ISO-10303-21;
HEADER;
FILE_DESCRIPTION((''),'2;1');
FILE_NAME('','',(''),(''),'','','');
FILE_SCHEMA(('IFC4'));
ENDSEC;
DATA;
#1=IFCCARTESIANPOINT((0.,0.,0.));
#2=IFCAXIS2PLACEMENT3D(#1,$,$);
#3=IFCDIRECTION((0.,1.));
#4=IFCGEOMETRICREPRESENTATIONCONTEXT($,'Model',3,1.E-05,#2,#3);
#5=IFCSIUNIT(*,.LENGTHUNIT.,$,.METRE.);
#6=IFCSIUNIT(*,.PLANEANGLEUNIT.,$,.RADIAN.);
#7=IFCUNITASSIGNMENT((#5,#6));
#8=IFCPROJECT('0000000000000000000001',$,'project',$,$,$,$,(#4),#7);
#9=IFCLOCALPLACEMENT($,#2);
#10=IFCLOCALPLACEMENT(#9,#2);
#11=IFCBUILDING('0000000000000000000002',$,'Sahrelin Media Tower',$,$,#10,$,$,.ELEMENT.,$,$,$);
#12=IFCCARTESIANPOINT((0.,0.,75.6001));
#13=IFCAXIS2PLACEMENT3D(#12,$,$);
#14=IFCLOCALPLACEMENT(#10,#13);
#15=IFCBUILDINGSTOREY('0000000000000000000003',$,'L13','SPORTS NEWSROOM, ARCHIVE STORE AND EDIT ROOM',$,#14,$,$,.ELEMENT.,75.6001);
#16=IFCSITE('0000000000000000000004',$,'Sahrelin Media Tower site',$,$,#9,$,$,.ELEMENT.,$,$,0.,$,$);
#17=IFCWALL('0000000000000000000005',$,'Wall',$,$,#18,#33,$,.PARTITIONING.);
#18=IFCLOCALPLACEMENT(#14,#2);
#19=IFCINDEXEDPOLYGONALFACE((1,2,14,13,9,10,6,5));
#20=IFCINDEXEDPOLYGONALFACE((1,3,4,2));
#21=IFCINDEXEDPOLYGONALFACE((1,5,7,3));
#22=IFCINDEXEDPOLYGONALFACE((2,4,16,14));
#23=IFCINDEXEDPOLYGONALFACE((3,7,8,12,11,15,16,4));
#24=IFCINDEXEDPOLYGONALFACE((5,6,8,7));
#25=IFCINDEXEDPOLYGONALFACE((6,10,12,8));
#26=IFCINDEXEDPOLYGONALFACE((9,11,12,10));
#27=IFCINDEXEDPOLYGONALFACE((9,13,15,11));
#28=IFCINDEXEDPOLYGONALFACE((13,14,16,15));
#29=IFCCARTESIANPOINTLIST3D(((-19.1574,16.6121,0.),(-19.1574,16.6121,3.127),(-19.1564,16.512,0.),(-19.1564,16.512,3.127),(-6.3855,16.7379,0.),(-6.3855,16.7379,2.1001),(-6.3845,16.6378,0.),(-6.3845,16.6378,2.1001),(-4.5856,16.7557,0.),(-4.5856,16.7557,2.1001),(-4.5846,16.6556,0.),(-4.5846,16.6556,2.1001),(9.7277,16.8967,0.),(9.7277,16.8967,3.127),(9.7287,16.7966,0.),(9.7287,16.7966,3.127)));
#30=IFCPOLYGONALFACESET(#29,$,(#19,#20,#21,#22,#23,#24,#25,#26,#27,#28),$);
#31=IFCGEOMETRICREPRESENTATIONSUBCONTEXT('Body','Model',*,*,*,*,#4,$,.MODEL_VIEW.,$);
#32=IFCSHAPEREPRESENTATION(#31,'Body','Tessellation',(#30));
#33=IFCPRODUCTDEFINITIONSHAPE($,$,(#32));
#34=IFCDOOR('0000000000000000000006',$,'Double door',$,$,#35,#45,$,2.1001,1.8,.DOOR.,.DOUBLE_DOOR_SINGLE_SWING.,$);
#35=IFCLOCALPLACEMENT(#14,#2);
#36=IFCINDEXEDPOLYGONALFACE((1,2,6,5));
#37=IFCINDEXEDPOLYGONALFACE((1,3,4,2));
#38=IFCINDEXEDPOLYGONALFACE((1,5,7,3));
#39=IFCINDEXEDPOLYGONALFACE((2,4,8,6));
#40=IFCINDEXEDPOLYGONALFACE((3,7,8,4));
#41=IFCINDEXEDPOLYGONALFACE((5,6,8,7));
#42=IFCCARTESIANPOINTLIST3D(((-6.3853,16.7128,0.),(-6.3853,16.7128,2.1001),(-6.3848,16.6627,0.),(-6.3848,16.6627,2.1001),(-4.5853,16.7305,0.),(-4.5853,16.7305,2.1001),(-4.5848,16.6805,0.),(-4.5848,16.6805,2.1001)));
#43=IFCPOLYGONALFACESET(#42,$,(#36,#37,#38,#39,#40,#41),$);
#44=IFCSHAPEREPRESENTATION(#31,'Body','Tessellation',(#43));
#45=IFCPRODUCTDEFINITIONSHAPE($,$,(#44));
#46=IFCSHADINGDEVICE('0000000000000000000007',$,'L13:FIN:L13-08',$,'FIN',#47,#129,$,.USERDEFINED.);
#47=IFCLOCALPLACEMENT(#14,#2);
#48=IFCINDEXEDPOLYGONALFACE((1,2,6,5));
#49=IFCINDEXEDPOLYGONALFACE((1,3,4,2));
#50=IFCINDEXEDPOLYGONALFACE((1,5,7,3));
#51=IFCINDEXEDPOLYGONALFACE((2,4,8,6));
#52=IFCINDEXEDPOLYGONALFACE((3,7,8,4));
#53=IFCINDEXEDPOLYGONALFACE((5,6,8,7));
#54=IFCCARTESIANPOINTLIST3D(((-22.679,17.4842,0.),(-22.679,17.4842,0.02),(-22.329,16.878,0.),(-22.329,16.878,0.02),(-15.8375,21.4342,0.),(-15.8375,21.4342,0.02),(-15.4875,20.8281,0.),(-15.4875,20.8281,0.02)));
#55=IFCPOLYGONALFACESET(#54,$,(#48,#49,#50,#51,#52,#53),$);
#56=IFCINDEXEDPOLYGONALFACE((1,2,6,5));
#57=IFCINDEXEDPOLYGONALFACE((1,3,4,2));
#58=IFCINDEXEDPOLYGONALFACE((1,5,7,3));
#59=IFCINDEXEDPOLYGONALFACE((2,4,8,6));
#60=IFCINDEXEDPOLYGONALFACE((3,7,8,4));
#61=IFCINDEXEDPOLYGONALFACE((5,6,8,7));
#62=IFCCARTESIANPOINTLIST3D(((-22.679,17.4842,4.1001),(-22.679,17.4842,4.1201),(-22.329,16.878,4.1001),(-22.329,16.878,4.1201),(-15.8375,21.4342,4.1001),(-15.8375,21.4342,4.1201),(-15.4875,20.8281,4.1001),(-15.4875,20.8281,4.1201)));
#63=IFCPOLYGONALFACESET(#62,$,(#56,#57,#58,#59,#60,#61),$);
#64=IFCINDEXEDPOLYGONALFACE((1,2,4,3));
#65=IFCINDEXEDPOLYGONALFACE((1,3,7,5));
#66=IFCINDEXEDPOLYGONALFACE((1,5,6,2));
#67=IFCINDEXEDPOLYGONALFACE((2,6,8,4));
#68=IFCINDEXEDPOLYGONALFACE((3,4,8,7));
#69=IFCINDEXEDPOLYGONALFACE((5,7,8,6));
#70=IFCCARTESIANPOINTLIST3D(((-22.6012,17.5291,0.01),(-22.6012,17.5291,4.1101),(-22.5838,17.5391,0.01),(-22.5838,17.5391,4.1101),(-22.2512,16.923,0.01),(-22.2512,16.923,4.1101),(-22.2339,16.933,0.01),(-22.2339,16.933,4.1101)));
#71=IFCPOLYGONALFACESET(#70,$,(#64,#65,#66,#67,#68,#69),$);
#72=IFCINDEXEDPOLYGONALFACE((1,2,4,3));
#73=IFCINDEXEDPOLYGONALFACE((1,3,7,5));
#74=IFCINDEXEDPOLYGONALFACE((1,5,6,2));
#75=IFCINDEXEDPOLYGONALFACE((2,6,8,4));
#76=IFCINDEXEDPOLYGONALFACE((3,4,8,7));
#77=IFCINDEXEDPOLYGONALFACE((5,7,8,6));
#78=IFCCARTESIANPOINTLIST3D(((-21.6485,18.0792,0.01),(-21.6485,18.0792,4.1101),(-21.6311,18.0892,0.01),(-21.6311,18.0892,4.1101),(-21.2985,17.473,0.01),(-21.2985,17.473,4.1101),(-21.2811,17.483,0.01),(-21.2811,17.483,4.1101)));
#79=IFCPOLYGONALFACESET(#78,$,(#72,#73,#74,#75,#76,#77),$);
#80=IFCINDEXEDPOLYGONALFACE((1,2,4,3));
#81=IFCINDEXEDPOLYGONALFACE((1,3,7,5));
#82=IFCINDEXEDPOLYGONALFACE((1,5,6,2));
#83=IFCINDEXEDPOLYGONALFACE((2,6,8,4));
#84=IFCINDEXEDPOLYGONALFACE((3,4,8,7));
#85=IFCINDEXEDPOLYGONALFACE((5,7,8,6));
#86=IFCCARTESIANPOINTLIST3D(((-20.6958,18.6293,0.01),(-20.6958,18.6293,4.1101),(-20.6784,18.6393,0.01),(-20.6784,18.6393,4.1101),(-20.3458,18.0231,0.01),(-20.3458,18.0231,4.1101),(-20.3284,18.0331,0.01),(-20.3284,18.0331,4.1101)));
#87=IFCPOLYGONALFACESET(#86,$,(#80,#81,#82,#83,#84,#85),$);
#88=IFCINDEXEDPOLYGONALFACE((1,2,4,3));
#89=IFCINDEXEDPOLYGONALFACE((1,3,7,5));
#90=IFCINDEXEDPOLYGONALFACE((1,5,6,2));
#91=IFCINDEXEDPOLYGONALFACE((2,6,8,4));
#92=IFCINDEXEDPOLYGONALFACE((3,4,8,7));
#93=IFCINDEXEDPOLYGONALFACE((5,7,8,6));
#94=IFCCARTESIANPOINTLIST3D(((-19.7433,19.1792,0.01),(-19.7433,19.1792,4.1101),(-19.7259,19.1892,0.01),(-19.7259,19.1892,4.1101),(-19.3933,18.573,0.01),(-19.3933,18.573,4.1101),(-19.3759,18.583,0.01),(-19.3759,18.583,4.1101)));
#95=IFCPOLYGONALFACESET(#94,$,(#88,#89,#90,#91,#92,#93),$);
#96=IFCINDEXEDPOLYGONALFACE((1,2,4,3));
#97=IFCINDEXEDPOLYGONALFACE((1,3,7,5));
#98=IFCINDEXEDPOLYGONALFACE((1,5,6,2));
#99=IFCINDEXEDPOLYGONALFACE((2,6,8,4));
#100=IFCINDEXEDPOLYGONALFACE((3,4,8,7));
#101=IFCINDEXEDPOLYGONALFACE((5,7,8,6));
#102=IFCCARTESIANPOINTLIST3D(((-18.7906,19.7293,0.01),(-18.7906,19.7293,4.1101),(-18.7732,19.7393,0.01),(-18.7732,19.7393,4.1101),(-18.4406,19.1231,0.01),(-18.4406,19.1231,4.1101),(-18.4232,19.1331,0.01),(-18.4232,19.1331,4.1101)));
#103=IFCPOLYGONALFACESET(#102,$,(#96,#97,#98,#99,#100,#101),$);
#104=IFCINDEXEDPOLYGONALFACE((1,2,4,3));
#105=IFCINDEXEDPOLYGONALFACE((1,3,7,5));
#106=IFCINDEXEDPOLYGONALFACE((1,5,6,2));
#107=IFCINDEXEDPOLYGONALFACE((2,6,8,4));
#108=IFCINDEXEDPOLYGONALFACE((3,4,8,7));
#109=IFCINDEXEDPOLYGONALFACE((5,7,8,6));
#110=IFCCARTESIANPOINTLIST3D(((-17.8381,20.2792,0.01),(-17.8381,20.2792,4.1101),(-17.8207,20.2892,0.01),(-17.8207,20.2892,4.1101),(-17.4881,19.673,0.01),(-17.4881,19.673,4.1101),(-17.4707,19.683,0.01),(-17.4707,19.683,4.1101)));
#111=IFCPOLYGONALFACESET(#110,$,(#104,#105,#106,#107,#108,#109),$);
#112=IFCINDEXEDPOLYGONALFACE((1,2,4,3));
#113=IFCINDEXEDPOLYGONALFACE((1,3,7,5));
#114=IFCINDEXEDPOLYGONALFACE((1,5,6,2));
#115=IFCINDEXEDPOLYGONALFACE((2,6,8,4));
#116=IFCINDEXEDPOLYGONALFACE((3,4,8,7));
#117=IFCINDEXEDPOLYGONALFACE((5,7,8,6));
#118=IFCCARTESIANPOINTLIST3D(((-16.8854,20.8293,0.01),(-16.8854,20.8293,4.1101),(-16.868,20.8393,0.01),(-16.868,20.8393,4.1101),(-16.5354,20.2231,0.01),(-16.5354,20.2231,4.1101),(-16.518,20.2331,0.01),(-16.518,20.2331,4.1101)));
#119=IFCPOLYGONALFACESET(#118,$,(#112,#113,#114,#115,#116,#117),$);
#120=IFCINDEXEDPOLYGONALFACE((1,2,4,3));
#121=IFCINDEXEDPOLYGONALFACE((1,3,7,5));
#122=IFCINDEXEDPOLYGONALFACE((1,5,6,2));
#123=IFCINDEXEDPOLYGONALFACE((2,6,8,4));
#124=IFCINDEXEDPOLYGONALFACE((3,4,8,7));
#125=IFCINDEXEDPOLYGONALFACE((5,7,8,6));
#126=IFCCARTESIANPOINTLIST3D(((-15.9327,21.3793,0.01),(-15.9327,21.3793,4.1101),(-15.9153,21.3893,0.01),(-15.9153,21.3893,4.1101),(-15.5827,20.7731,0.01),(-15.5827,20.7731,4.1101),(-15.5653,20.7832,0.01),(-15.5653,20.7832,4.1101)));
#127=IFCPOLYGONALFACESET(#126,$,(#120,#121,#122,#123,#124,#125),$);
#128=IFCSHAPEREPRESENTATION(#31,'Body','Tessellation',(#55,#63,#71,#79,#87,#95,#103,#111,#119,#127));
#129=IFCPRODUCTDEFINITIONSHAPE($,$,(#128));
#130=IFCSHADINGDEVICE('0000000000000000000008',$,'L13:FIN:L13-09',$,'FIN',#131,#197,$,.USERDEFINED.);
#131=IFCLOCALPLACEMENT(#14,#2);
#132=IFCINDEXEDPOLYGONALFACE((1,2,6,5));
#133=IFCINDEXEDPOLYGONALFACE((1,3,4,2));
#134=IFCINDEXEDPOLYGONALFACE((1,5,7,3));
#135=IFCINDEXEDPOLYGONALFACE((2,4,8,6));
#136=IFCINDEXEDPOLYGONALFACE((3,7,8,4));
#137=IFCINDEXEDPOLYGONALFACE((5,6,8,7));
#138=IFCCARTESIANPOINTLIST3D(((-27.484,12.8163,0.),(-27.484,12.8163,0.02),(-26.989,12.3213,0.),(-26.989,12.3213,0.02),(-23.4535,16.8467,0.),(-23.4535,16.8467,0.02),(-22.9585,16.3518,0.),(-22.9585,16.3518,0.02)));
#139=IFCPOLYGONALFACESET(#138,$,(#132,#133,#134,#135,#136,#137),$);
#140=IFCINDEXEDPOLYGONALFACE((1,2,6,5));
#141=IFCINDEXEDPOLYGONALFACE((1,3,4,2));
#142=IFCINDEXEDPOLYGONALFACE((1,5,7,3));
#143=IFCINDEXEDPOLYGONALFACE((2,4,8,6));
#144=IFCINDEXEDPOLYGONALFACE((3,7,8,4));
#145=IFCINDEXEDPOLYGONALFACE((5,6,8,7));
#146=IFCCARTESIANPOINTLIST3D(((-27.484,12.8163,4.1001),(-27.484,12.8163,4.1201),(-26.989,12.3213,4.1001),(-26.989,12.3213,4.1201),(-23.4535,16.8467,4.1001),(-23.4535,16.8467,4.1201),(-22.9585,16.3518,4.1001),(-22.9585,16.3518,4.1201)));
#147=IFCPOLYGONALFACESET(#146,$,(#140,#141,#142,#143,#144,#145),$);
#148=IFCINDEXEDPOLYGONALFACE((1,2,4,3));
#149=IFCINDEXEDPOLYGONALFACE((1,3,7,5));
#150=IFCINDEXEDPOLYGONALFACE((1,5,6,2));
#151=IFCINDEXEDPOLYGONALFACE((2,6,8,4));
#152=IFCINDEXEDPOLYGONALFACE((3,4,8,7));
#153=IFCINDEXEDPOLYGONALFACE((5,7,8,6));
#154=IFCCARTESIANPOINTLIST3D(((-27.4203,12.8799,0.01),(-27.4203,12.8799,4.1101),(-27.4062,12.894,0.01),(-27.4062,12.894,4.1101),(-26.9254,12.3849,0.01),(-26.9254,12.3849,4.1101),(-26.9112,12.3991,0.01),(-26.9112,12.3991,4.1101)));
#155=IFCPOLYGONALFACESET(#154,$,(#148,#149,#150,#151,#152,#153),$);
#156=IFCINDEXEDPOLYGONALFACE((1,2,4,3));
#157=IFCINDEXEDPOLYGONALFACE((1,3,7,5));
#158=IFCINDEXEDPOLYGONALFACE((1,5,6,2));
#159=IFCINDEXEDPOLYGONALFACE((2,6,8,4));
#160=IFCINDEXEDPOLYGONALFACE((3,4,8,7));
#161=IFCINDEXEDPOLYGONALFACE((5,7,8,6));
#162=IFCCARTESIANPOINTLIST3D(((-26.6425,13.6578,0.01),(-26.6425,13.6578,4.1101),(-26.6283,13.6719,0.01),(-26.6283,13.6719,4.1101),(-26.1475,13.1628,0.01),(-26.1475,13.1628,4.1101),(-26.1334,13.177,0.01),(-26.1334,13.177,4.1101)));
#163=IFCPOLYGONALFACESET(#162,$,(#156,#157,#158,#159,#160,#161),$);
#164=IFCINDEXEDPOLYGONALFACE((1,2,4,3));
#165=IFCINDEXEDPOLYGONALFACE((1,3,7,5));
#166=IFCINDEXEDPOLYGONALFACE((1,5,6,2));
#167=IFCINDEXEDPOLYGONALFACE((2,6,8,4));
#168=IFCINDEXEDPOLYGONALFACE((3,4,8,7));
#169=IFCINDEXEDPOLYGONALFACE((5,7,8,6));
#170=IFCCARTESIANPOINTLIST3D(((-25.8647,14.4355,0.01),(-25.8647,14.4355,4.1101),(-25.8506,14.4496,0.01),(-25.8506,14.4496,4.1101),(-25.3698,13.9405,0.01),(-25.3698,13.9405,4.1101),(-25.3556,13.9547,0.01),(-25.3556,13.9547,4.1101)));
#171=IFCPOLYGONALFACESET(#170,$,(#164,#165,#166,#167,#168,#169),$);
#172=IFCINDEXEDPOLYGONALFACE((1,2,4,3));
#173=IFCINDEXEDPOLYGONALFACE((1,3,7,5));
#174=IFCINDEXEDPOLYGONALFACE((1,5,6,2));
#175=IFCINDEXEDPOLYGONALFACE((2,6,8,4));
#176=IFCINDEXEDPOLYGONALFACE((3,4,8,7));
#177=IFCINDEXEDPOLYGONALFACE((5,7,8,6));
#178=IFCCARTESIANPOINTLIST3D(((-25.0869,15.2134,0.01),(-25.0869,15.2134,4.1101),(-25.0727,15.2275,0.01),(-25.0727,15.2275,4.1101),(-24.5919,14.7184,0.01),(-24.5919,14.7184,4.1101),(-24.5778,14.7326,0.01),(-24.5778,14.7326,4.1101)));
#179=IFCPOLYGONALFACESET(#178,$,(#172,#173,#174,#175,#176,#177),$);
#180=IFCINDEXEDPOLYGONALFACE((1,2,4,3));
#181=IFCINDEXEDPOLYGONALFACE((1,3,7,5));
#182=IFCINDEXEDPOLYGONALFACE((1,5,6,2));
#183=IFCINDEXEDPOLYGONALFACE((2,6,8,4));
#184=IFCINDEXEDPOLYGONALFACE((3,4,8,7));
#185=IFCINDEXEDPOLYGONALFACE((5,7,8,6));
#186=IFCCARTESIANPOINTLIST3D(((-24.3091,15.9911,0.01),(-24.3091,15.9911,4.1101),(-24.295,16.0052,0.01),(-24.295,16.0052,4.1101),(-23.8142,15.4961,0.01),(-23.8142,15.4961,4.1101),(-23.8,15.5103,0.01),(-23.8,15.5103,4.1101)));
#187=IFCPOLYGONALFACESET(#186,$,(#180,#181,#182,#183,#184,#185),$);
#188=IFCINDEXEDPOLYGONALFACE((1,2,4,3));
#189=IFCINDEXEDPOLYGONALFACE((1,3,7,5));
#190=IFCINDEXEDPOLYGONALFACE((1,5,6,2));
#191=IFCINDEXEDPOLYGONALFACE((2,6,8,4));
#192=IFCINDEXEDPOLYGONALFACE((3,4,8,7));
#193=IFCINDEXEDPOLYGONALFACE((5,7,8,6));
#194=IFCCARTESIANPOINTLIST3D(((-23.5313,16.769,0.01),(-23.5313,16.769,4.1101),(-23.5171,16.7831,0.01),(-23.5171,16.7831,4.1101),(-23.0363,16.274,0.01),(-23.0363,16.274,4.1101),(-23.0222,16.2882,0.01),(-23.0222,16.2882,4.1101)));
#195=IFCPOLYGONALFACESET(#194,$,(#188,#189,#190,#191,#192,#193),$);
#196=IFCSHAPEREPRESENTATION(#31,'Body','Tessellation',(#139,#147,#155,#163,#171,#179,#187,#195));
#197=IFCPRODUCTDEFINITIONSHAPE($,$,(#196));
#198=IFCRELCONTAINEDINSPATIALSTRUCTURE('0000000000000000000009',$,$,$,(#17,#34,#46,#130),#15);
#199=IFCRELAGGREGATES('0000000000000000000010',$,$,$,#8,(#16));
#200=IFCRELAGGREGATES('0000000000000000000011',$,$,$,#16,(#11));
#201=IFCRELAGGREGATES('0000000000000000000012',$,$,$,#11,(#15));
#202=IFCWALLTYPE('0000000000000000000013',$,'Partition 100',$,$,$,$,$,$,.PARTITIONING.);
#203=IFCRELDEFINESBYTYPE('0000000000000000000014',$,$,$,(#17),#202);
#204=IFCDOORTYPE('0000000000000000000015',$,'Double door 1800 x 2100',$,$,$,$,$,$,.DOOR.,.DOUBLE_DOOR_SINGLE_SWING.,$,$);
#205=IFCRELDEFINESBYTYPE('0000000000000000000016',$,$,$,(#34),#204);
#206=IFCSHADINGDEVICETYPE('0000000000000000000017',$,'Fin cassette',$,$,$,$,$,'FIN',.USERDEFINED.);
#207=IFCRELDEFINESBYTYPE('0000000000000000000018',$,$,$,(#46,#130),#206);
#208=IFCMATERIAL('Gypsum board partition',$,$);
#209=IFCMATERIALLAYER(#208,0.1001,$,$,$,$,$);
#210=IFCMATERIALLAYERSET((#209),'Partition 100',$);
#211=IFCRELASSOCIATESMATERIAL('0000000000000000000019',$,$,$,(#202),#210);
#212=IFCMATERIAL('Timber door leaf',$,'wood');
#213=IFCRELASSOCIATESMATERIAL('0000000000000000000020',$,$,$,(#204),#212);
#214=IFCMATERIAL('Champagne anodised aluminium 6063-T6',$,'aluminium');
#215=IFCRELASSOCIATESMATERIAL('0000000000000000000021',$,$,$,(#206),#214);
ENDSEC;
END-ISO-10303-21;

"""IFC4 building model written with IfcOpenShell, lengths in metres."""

from ifc_helpers import new_model, si_unit, direction, frame, frame_2d, origin, origin_2d, place, context, subcontext, project, spatial, rectangle, extrude, material, layer, layer_set, type_object, element, fill, save


model = new_model("IFC4")

# Units and contexts
model_context = context("Model", 3, precision=1e-05, world=origin(), true_north=direction((0.0, 1.0)))
body_context = subcontext(model_context, "Body", "Model", "MODEL_VIEW")
ifc_project = project(units=[si_unit("LENGTHUNIT", "METRE"), si_unit("PLANEANGLEUNIT", "RADIAN")], contexts=[model_context])

# Site, building, storey
site_placement = place(None, origin())
site = spatial("IfcSite", under=ifc_project, at=site_placement, Name="Sahrelin Media Tower site", CompositionType="ELEMENT", RefElevation=0.0)
building_placement = place(site_placement, origin())
building = spatial("IfcBuilding", under=site, at=building_placement, Name="Sahrelin Media Tower", CompositionType="ELEMENT")
storey_placement = place(building_placement, frame((0.0, 0.0, 75.6001)))
storey = spatial("IfcBuildingStorey", under=building, at=storey_placement, Name="L13", Description="SPORTS NEWSROOM, ARCHIVE STORE AND EDIT ROOM", CompositionType="ELEMENT", Elevation=75.6001)

# Shared definitions
ifc_material_1 = material(Name="Champagne anodised aluminium 6063-T6", Category="aluminium")

# Shared definitions
ifc_material_2 = material(Name="Gypsum board partition")
ifc_layer_1 = layer(ifc_material_2, 0.1001)
ifc_layer_set_1 = layer_set([ifc_layer_1], Name="Partition 100")
wall_type_1 = type_object("IfcWallType", Name="Partition 100", PredefinedType="PARTITIONING", material=ifc_layer_set_1)

# Wall, opening, door
wall_1_placement = place(storey_placement, frame((-19.157, 16.562, 0.0), z_axis=(0.0, 0.0, 1.0), x_axis=(0.999951, 0.009855, 0.0)))
wall_1 = element("IfcWall", 1, at=wall_1_placement, inside=storey, type_object=wall_type_1, Name="Wall", PredefinedType="PARTITIONING", context=body_context, shape_type="SweptSolid", body=[
    extrude(rectangle(XDim=28.8865, YDim=0.1001, at=frame_2d((14.4434, 0.0))), origin(), (0.0, 0.0, 1.0), 3.127),
])
opening_1_placement = place(wall_1_placement, frame((12.7727, 0.0, 0.0)))
opening_1 = element("IfcOpeningElement", 2, at=opening_1_placement, cuts=wall_1, PredefinedType="OPENING", context=body_context, shape_type="SweptSolid", body=[
    extrude(rectangle(XDim=1.8, YDim=2.1001, at=frame_2d((0.8999, 1.05))), frame((0.0, 0.05, 0.0), z_axis=(0.0, -1.0, 0.0), x_axis=(1.0, 0.0, 0.0)), (0.0, 0.0, 1.0), 0.1001),
])
ifc_material_3 = material(Name="Timber door leaf", Category="wood")
door_type_1 = type_object("IfcDoorType", Name="Double door 1800 x 2100", OperationType="DOUBLE_DOOR_SINGLE_SWING", PredefinedType="DOOR", material=ifc_material_3)
door_1_placement = place(opening_1_placement, origin())
door_1 = element("IfcDoor", 3, at=door_1_placement, inside=storey, type_object=door_type_1, Name="Double door", OperationType="DOUBLE_DOOR_SINGLE_SWING", OverallHeight=2.1001, OverallWidth=1.8, PredefinedType="DOOR", context=body_context, shape_type="SweptSolid", body=[
    extrude(rectangle(XDim=1.8, YDim=2.1001, at=frame_2d((0.8999, 1.05))), frame((0.0, 0.0249, 0.0), z_axis=(0.0, -1.0, 0.0), x_axis=(1.0, 0.0, 0.0)), (0.0, 0.0, 1.0), 0.05),
])
fill(opening_1, door_1)

# Shading devices
shading_device_type_1 = type_object("IfcShadingDeviceType", Name="Fin cassette", ElementType="FIN", PredefinedType="USERDEFINED", material=ifc_material_1)
placement_1 = place(storey_placement, frame((-18.8733, 18.7925, 0.0), z_axis=(0.0, 0.0, 1.0), x_axis=(0.866019, 0.500011, 0.0)))
element("IfcShadingDevice", 4, at=placement_1, inside=storey, type_object=shading_device_type_1, Name="L13:FIN:L13-08", ObjectType="FIN", PredefinedType="USERDEFINED", context=body_context, shape_type="SweptSolid", body=[
    extrude(rectangle(XDim=7.8999, YDim=0.7, at=origin_2d()), frame((0.0, 0.4199, 0.0)), (0.0, 0.0, 1.0), 0.02),
    extrude(rectangle(XDim=7.8999, YDim=0.7, at=origin_2d()), frame((0.0, 0.4199, 4.1001)), (0.0, 0.0, 1.0), 0.02),
    extrude(rectangle(XDim=0.02, YDim=0.7, at=origin_2d()), frame((-3.8501, 0.4199, 0.01), z_axis=(0.0, 0.0, 1.0), x_axis=(1.0, 0.0, 0.0)), (0.0, 0.0, 1.0), 4.1001),
    extrude(rectangle(XDim=0.02, YDim=0.7, at=origin_2d()), frame((-2.75, 0.4199, 0.01), z_axis=(0.0, 0.0, 1.0), x_axis=(1.0, 0.0, 0.0)), (0.0, 0.0, 1.0), 4.1001),
    extrude(rectangle(XDim=0.02, YDim=0.7, at=origin_2d()), frame((-1.6499, 0.4199, 0.01), z_axis=(0.0, 0.0, 1.0), x_axis=(1.0, 0.0, 0.0)), (0.0, 0.0, 1.0), 4.1001),
    extrude(rectangle(XDim=0.02, YDim=0.7, at=origin_2d()), frame((-0.55, 0.4199, 0.01), z_axis=(0.0, 0.0, 1.0), x_axis=(1.0, 0.0, 0.0)), (0.0, 0.0, 1.0), 4.1001),
    extrude(rectangle(XDim=0.02, YDim=0.7, at=origin_2d()), frame((0.55, 0.4199, 0.01), z_axis=(0.0, 0.0, 1.0), x_axis=(1.0, 0.0, 0.0)), (0.0, 0.0, 1.0), 4.1001),
    extrude(rectangle(XDim=0.02, YDim=0.7, at=origin_2d()), frame((1.6499, 0.4199, 0.01), z_axis=(0.0, 0.0, 1.0), x_axis=(1.0, 0.0, 0.0)), (0.0, 0.0, 1.0), 4.1001),
    extrude(rectangle(XDim=0.02, YDim=0.7, at=origin_2d()), frame((2.75, 0.4199, 0.01), z_axis=(0.0, 0.0, 1.0), x_axis=(1.0, 0.0, 0.0)), (0.0, 0.0, 1.0), 4.1001),
    extrude(rectangle(XDim=0.02, YDim=0.7, at=origin_2d()), frame((3.8501, 0.4199, 0.01), z_axis=(0.0, 0.0, 1.0), x_axis=(1.0, 0.0, 0.0)), (0.0, 0.0, 1.0), 4.1001),
])
placement_2 = place(storey_placement, frame((-24.9243, 14.2871, 0.0), z_axis=(0.0, 0.0, 1.0), x_axis=(0.707107, 0.707107, 0.0)))
element("IfcShadingDevice", 5, at=placement_2, inside=storey, type_object=shading_device_type_1, Name="L13:FIN:L13-09", ObjectType="FIN", PredefinedType="USERDEFINED", context=body_context, shape_type="SweptSolid", body=[
    extrude(rectangle(XDim=5.7, YDim=0.7, at=origin_2d()), frame((0.0, 0.4199, 0.0)), (0.0, 0.0, 1.0), 0.02),
    extrude(rectangle(XDim=5.7, YDim=0.7, at=origin_2d()), frame((0.0, 0.4199, 4.1001)), (0.0, 0.0, 1.0), 0.02),
    extrude(rectangle(XDim=0.02, YDim=0.7, at=origin_2d()), frame((-2.75, 0.4199, 0.01), z_axis=(0.0, 0.0, 1.0), x_axis=(1.0, 0.0, 0.0)), (0.0, 0.0, 1.0), 4.1001),
    extrude(rectangle(XDim=0.02, YDim=0.7, at=origin_2d()), frame((-1.6499, 0.4199, 0.01), z_axis=(0.0, 0.0, 1.0), x_axis=(1.0, 0.0, 0.0)), (0.0, 0.0, 1.0), 4.1001),
    extrude(rectangle(XDim=0.02, YDim=0.7, at=origin_2d()), frame((-0.55, 0.4199, 0.01), z_axis=(0.0, 0.0, 1.0), x_axis=(1.0, 0.0, 0.0)), (0.0, 0.0, 1.0), 4.1001),
    extrude(rectangle(XDim=0.02, YDim=0.7, at=origin_2d()), frame((0.55, 0.4199, 0.01), z_axis=(0.0, 0.0, 1.0), x_axis=(1.0, 0.0, 0.0)), (0.0, 0.0, 1.0), 4.1001),
    extrude(rectangle(XDim=0.02, YDim=0.7, at=origin_2d()), frame((1.6499, 0.4199, 0.01), z_axis=(0.0, 0.0, 1.0), x_axis=(1.0, 0.0, 0.0)), (0.0, 0.0, 1.0), 4.1001),
    extrude(rectangle(XDim=0.02, YDim=0.7, at=origin_2d()), frame((2.75, 0.4199, 0.01), z_axis=(0.0, 0.0, 1.0), x_axis=(1.0, 0.0, 0.0)), (0.0, 0.0, 1.0), 4.1001),
])

save(model, "model.ifc")
